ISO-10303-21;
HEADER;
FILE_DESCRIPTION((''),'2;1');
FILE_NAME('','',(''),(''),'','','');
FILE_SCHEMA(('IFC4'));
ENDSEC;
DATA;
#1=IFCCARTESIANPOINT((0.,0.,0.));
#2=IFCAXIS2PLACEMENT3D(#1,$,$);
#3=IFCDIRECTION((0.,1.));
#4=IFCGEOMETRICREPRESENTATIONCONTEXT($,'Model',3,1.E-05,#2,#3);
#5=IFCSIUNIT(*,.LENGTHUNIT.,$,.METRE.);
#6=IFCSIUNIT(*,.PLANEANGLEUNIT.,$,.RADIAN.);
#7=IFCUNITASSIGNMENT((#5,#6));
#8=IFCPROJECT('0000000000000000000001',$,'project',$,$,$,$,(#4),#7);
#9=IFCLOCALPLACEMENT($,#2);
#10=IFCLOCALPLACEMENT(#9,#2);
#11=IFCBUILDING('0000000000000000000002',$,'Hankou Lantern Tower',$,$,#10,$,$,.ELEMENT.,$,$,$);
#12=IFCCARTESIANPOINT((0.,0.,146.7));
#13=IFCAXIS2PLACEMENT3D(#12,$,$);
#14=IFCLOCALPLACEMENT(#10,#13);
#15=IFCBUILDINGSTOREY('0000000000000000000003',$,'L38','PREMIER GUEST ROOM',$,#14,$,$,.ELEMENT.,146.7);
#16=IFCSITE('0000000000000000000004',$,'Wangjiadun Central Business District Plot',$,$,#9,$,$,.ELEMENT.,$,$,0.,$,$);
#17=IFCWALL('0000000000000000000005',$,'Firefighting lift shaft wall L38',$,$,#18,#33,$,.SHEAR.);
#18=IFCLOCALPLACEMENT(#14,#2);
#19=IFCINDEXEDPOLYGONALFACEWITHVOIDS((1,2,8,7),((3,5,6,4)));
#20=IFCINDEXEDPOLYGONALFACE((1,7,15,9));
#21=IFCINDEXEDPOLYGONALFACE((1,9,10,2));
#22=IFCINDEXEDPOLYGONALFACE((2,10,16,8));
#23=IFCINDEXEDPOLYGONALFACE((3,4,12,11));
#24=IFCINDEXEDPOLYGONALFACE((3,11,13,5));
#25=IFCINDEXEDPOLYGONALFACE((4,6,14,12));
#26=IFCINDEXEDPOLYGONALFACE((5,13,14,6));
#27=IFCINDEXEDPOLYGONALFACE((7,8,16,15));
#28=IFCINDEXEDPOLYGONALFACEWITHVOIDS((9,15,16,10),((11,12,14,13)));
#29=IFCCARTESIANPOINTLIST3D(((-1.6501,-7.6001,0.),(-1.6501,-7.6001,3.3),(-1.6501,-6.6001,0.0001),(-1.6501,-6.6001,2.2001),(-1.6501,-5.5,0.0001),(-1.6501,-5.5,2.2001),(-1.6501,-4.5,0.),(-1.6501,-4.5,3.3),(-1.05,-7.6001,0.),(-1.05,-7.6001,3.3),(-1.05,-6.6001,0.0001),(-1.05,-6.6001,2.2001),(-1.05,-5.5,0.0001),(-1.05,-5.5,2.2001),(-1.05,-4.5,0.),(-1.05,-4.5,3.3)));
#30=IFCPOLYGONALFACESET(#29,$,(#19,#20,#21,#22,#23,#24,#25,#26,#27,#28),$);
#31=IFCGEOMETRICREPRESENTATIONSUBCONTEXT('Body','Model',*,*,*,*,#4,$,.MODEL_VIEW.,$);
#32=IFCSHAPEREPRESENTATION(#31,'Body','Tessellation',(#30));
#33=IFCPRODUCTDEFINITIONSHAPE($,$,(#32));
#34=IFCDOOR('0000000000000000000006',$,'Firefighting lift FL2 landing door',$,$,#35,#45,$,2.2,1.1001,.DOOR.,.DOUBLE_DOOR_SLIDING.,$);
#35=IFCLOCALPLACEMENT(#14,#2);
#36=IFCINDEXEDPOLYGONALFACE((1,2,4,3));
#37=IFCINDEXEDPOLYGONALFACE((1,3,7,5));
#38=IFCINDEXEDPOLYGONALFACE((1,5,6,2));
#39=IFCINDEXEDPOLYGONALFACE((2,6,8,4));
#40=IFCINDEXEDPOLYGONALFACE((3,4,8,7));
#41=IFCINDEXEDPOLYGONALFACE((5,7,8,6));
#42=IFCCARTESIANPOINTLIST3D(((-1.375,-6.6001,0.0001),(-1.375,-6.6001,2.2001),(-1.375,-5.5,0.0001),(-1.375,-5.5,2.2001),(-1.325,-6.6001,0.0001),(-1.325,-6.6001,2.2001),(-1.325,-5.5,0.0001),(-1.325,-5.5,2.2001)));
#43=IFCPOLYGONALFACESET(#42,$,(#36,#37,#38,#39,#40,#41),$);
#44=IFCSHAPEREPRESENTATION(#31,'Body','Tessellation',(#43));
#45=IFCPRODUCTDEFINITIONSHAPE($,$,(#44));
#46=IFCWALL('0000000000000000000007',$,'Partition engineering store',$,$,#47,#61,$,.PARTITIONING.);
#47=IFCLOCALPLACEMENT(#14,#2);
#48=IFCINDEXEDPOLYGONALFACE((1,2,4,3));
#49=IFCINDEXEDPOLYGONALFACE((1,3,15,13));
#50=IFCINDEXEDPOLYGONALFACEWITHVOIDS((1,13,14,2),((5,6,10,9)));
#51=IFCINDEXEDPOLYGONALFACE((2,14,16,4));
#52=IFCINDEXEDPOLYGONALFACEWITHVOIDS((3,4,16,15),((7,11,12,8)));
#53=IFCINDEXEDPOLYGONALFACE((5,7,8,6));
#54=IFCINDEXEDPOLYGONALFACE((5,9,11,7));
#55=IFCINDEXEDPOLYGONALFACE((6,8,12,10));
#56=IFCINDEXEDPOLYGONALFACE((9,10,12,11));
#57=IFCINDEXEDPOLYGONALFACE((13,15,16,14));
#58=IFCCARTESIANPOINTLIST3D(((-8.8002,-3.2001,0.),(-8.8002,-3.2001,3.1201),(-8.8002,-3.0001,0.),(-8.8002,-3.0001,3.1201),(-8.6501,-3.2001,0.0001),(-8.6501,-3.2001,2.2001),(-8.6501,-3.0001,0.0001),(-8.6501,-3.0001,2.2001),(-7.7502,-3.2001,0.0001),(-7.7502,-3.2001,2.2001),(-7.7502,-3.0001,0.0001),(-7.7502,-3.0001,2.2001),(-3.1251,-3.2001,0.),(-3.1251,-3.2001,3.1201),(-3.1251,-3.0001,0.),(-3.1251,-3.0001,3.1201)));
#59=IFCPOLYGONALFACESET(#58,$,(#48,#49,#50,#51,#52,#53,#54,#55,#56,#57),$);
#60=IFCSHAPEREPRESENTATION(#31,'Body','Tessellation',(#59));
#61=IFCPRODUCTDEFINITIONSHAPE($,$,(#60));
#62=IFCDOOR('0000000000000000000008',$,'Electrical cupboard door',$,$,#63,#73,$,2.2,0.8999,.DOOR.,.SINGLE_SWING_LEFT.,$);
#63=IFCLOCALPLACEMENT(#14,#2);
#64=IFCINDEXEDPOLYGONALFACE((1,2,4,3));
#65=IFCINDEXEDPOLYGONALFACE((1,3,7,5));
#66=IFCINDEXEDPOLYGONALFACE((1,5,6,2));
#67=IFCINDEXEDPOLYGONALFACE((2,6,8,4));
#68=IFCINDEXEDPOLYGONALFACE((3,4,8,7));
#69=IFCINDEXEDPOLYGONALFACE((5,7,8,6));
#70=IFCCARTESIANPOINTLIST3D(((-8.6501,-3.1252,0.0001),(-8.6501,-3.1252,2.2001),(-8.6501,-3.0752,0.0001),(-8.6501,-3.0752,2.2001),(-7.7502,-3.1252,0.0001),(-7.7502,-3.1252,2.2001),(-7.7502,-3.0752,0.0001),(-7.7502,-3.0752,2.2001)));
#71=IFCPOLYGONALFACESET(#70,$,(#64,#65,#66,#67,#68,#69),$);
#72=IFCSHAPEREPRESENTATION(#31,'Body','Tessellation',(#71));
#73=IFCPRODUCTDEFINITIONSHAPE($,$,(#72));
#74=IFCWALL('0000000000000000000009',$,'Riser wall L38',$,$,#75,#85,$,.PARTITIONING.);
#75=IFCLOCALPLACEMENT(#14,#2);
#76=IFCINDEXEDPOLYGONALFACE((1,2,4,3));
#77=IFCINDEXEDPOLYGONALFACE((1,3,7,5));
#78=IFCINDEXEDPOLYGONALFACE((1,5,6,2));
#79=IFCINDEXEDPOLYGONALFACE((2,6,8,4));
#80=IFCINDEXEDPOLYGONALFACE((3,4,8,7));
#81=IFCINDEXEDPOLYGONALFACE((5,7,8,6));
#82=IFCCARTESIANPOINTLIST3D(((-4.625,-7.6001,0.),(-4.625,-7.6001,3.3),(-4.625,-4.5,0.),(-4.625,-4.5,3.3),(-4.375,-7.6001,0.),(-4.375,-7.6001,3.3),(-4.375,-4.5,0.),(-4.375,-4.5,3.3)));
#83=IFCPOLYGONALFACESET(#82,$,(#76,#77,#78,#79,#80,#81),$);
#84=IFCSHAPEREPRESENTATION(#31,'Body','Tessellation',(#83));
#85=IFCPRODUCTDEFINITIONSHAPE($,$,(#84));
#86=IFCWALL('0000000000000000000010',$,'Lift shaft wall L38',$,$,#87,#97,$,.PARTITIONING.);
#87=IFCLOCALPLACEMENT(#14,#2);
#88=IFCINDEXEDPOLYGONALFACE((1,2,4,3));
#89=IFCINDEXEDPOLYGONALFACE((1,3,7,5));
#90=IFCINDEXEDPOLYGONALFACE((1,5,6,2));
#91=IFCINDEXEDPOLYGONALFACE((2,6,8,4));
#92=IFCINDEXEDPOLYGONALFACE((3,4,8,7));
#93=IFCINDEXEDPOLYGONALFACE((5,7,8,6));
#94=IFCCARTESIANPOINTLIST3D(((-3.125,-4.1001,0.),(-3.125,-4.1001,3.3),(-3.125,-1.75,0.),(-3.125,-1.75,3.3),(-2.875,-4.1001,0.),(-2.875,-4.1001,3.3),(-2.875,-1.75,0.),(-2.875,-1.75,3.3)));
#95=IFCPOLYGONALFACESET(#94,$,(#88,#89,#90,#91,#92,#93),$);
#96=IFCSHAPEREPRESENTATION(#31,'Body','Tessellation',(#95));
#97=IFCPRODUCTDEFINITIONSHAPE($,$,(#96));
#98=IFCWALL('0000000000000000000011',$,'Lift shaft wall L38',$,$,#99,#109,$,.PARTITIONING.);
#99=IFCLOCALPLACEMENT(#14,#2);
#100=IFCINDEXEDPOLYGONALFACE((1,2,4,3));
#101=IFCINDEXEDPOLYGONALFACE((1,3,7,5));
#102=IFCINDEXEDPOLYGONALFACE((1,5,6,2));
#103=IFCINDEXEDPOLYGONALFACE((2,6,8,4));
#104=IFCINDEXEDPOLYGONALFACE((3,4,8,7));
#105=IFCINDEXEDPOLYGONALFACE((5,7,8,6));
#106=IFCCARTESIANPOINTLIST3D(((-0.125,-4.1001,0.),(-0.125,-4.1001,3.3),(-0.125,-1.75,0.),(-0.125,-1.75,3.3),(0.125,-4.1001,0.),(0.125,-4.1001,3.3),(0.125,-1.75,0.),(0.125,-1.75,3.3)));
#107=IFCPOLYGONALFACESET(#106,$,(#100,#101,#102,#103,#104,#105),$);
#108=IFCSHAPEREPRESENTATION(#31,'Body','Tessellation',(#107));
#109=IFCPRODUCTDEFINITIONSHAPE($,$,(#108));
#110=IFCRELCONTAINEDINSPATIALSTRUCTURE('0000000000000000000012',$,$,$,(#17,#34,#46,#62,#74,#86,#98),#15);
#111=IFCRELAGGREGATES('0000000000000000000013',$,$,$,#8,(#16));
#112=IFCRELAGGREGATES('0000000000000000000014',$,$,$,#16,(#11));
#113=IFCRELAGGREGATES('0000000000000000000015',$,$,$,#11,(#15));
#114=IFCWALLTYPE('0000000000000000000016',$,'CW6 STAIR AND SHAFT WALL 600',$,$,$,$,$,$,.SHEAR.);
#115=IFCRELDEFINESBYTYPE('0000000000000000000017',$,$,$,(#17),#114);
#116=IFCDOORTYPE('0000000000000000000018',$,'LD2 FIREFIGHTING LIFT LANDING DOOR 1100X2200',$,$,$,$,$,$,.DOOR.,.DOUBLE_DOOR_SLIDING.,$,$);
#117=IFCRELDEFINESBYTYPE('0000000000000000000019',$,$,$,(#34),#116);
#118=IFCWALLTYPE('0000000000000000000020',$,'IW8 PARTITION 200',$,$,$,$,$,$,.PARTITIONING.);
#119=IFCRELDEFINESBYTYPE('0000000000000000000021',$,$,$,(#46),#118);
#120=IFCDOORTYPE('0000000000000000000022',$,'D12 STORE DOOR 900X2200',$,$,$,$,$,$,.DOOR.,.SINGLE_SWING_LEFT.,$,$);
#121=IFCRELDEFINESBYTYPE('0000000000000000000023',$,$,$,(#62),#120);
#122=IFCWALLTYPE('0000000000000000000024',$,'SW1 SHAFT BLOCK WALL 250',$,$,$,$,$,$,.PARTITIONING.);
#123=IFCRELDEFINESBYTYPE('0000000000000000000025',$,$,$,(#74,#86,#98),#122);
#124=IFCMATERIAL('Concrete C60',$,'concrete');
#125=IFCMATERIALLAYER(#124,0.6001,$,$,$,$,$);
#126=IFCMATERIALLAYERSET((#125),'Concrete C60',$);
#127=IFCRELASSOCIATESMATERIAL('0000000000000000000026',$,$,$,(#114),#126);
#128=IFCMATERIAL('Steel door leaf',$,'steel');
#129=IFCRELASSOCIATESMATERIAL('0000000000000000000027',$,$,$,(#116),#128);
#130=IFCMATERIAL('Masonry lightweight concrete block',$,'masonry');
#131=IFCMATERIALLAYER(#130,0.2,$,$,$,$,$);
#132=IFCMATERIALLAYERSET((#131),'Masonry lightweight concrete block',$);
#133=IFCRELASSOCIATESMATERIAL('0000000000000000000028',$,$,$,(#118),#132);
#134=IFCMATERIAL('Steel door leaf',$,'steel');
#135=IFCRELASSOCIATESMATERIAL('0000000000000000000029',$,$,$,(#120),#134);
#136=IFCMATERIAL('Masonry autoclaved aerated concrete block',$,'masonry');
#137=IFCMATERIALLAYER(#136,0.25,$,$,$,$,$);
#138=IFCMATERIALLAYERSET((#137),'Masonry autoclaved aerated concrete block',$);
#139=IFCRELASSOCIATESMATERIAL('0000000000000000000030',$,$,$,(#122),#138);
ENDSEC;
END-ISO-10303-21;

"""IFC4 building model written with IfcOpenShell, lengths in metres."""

from ifc_helpers import new_model, si_unit, direction, frame, frame_2d, origin, place, context, subcontext, project, spatial, rectangle, extrude, material, layer, layer_set, type_object, element, fill, save


model = new_model("IFC4")

# Units and contexts
model_context = context("Model", 3, precision=1e-05, world=origin(), true_north=direction((0.0, 1.0)))
body_context = subcontext(model_context, "Body", "Model", "MODEL_VIEW")
ifc_project = project(units=[si_unit("LENGTHUNIT", "METRE"), si_unit("PLANEANGLEUNIT", "RADIAN")], contexts=[model_context])

# Site, building, storey
site_placement = place(None, origin())
site = spatial("IfcSite", under=ifc_project, at=site_placement, Name="Wangjiadun Central Business District Plot", CompositionType="ELEMENT", RefElevation=0.0)
building_placement = place(site_placement, origin())
building = spatial("IfcBuilding", under=site, at=building_placement, Name="Hankou Lantern Tower", CompositionType="ELEMENT")
storey_placement = place(building_placement, frame((0.0, 0.0, 146.7)))
storey = spatial("IfcBuildingStorey", under=building, at=storey_placement, Name="L38", Description="PREMIER GUEST ROOM", CompositionType="ELEMENT", Elevation=146.7)

# Walls, openings, doors
ifc_material_1 = material(Name="Concrete C60", Category="concrete")
ifc_layer_1 = layer(ifc_material_1, 0.6001)
ifc_layer_set_1 = layer_set([ifc_layer_1], Name="Concrete C60")
wall_type_1 = type_object("IfcWallType", Name="CW6 STAIR AND SHAFT WALL 600", PredefinedType="SHEAR", material=ifc_layer_set_1)
wall_1_placement = place(storey_placement, frame((-1.3501, -7.6001, 0.0), z_axis=(0.0, 0.0, 1.0), x_axis=(0.0, 1.0, 0.0)))
wall_1 = element("IfcWall", 1, at=wall_1_placement, inside=storey, type_object=wall_type_1, Name="Firefighting lift shaft wall L38", PredefinedType="SHEAR", context=body_context, shape_type="SweptSolid", body=[
    extrude(rectangle(XDim=3.1001, YDim=0.6001, at=frame_2d((1.55, 0.0))), origin(), (0.0, 0.0, 1.0), 3.3),
])
opening_1_placement = place(wall_1_placement, frame((1.0, 0.0, 0.0)))
opening_1 = element("IfcOpeningElement", 2, at=opening_1_placement, cuts=wall_1, PredefinedType="OPENING", context=body_context, shape_type="SweptSolid", body=[
    extrude(rectangle(XDim=1.1001, YDim=2.2, at=frame_2d((0.55, 1.1001))), frame((0.0, 0.3101, 0.0), z_axis=(0.0, -1.0, 0.0), x_axis=(1.0, 0.0, 0.0)), (0.0, 0.0, 1.0), 0.6201),
])
ifc_material_2 = material(Name="Steel door leaf", Category="steel")
door_type_1 = type_object("IfcDoorType", Name="LD2 FIREFIGHTING LIFT LANDING DOOR 1100X2200", OperationType="DOUBLE_DOOR_SLIDING", PredefinedType="DOOR", material=ifc_material_2)
door_1_placement = place(opening_1_placement, origin())
door_1 = element("IfcDoor", 3, at=door_1_placement, inside=storey, type_object=door_type_1, Name="Firefighting lift FL2 landing door", OperationType="DOUBLE_DOOR_SLIDING", OverallHeight=2.2, OverallWidth=1.1001, PredefinedType="DOOR", context=body_context, shape_type="SweptSolid", body=[
    extrude(rectangle(XDim=1.1001, YDim=2.2, at=frame_2d((0.55, 1.1001))), frame((0.0, 0.0249, 0.0), z_axis=(0.0, -1.0, 0.0), x_axis=(1.0, 0.0, 0.0)), (0.0, 0.0, 1.0), 0.05),
])
fill(opening_1, door_1)
ifc_material_3 = material(Name="Masonry lightweight concrete block", Category="masonry")
ifc_layer_2 = layer(ifc_material_3, 0.2)
ifc_layer_set_2 = layer_set([ifc_layer_2], Name="Masonry lightweight concrete block")
wall_type_2 = type_object("IfcWallType", Name="IW8 PARTITION 200", PredefinedType="PARTITIONING", material=ifc_layer_set_2)
wall_2_placement = place(storey_placement, frame((-8.8, -3.1001, 0.0), z_axis=(0.0, 0.0, 1.0), x_axis=(1.0, 0.0, 0.0)))
wall_2 = element("IfcWall", 4, at=wall_2_placement, inside=storey, type_object=wall_type_2, Name="Partition engineering store", PredefinedType="PARTITIONING", context=body_context, shape_type="SweptSolid", body=[
    extrude(rectangle(XDim=5.675, YDim=0.2, at=frame_2d((2.8374, 0.0))), origin(), (0.0, 0.0, 1.0), 3.1201),
])
opening_2_placement = place(wall_2_placement, frame((0.1499, 0.0, 0.0)))
opening_2 = element("IfcOpeningElement", 5, at=opening_2_placement, cuts=wall_2, PredefinedType="OPENING", context=body_context, shape_type="SweptSolid", body=[
    extrude(rectangle(XDim=0.8999, YDim=2.2, at=frame_2d((0.45, 1.1001))), frame((0.0, 0.1099, 0.0), z_axis=(0.0, -1.0, 0.0), x_axis=(1.0, 0.0, 0.0)), (0.0, 0.0, 1.0), 0.22),
])
ifc_material_4 = material(Name="Steel door leaf", Category="steel")
door_type_2 = type_object("IfcDoorType", Name="D12 STORE DOOR 900X2200", OperationType="SINGLE_SWING_LEFT", PredefinedType="DOOR", material=ifc_material_4)
door_2_placement = place(opening_2_placement, origin())
door_2 = element("IfcDoor", 6, at=door_2_placement, inside=storey, type_object=door_type_2, Name="Electrical cupboard door", OperationType="SINGLE_SWING_LEFT", OverallHeight=2.2, OverallWidth=0.8999, PredefinedType="DOOR", context=body_context, shape_type="SweptSolid", body=[
    extrude(rectangle(XDim=0.8999, YDim=2.2, at=frame_2d((0.45, 1.1001))), frame((0.0, 0.0249, 0.0), z_axis=(0.0, -1.0, 0.0), x_axis=(1.0, 0.0, 0.0)), (0.0, 0.0, 1.0), 0.05),
])
fill(opening_2, door_2)

# Walls
ifc_material_5 = material(Name="Masonry autoclaved aerated concrete block", Category="masonry")
ifc_layer_3 = layer(ifc_material_5, 0.25)
ifc_layer_set_3 = layer_set([ifc_layer_3], Name="Masonry autoclaved aerated concrete block")
wall_type_3 = type_object("IfcWallType", Name="SW1 SHAFT BLOCK WALL 250", PredefinedType="PARTITIONING", material=ifc_layer_set_3)
wall_3_placement = place(storey_placement, frame((-4.5, -7.6001, 0.0), z_axis=(0.0, 0.0, 1.0), x_axis=(0.0, 1.0, 0.0)))
element("IfcWall", 7, at=wall_3_placement, inside=storey, type_object=wall_type_3, Name="Riser wall L38", PredefinedType="PARTITIONING", context=body_context, shape_type="SweptSolid", body=[
    extrude(rectangle(XDim=3.1001, YDim=0.25, at=frame_2d((1.55, 0.0))), origin(), (0.0, 0.0, 1.0), 3.3),
])
for number, where, z_axis, x_axis, name in (
    (8, (-3.0, -4.1001, 0.0), (0.0, 0.0, 1.0), (0.0, 1.0, 0.0), "Lift shaft wall L38"),
    (9, (0.0, -4.1001, 0.0), (0.0, 0.0, 1.0), (0.0, 1.0, 0.0), "Lift shaft wall L38"),
):
    element("IfcWall", number, at=place(storey_placement, frame(where, z_axis=z_axis, x_axis=x_axis)), inside=storey, type_object=wall_type_3, Name=name, PredefinedType="PARTITIONING", context=body_context, shape_type="SweptSolid", body=[
        extrude(rectangle(XDim=2.3501, YDim=0.25, at=frame_2d((1.175, 0.0))), origin(), (0.0, 0.0, 1.0), 3.3),
    ])

save(model, "model.ifc")
